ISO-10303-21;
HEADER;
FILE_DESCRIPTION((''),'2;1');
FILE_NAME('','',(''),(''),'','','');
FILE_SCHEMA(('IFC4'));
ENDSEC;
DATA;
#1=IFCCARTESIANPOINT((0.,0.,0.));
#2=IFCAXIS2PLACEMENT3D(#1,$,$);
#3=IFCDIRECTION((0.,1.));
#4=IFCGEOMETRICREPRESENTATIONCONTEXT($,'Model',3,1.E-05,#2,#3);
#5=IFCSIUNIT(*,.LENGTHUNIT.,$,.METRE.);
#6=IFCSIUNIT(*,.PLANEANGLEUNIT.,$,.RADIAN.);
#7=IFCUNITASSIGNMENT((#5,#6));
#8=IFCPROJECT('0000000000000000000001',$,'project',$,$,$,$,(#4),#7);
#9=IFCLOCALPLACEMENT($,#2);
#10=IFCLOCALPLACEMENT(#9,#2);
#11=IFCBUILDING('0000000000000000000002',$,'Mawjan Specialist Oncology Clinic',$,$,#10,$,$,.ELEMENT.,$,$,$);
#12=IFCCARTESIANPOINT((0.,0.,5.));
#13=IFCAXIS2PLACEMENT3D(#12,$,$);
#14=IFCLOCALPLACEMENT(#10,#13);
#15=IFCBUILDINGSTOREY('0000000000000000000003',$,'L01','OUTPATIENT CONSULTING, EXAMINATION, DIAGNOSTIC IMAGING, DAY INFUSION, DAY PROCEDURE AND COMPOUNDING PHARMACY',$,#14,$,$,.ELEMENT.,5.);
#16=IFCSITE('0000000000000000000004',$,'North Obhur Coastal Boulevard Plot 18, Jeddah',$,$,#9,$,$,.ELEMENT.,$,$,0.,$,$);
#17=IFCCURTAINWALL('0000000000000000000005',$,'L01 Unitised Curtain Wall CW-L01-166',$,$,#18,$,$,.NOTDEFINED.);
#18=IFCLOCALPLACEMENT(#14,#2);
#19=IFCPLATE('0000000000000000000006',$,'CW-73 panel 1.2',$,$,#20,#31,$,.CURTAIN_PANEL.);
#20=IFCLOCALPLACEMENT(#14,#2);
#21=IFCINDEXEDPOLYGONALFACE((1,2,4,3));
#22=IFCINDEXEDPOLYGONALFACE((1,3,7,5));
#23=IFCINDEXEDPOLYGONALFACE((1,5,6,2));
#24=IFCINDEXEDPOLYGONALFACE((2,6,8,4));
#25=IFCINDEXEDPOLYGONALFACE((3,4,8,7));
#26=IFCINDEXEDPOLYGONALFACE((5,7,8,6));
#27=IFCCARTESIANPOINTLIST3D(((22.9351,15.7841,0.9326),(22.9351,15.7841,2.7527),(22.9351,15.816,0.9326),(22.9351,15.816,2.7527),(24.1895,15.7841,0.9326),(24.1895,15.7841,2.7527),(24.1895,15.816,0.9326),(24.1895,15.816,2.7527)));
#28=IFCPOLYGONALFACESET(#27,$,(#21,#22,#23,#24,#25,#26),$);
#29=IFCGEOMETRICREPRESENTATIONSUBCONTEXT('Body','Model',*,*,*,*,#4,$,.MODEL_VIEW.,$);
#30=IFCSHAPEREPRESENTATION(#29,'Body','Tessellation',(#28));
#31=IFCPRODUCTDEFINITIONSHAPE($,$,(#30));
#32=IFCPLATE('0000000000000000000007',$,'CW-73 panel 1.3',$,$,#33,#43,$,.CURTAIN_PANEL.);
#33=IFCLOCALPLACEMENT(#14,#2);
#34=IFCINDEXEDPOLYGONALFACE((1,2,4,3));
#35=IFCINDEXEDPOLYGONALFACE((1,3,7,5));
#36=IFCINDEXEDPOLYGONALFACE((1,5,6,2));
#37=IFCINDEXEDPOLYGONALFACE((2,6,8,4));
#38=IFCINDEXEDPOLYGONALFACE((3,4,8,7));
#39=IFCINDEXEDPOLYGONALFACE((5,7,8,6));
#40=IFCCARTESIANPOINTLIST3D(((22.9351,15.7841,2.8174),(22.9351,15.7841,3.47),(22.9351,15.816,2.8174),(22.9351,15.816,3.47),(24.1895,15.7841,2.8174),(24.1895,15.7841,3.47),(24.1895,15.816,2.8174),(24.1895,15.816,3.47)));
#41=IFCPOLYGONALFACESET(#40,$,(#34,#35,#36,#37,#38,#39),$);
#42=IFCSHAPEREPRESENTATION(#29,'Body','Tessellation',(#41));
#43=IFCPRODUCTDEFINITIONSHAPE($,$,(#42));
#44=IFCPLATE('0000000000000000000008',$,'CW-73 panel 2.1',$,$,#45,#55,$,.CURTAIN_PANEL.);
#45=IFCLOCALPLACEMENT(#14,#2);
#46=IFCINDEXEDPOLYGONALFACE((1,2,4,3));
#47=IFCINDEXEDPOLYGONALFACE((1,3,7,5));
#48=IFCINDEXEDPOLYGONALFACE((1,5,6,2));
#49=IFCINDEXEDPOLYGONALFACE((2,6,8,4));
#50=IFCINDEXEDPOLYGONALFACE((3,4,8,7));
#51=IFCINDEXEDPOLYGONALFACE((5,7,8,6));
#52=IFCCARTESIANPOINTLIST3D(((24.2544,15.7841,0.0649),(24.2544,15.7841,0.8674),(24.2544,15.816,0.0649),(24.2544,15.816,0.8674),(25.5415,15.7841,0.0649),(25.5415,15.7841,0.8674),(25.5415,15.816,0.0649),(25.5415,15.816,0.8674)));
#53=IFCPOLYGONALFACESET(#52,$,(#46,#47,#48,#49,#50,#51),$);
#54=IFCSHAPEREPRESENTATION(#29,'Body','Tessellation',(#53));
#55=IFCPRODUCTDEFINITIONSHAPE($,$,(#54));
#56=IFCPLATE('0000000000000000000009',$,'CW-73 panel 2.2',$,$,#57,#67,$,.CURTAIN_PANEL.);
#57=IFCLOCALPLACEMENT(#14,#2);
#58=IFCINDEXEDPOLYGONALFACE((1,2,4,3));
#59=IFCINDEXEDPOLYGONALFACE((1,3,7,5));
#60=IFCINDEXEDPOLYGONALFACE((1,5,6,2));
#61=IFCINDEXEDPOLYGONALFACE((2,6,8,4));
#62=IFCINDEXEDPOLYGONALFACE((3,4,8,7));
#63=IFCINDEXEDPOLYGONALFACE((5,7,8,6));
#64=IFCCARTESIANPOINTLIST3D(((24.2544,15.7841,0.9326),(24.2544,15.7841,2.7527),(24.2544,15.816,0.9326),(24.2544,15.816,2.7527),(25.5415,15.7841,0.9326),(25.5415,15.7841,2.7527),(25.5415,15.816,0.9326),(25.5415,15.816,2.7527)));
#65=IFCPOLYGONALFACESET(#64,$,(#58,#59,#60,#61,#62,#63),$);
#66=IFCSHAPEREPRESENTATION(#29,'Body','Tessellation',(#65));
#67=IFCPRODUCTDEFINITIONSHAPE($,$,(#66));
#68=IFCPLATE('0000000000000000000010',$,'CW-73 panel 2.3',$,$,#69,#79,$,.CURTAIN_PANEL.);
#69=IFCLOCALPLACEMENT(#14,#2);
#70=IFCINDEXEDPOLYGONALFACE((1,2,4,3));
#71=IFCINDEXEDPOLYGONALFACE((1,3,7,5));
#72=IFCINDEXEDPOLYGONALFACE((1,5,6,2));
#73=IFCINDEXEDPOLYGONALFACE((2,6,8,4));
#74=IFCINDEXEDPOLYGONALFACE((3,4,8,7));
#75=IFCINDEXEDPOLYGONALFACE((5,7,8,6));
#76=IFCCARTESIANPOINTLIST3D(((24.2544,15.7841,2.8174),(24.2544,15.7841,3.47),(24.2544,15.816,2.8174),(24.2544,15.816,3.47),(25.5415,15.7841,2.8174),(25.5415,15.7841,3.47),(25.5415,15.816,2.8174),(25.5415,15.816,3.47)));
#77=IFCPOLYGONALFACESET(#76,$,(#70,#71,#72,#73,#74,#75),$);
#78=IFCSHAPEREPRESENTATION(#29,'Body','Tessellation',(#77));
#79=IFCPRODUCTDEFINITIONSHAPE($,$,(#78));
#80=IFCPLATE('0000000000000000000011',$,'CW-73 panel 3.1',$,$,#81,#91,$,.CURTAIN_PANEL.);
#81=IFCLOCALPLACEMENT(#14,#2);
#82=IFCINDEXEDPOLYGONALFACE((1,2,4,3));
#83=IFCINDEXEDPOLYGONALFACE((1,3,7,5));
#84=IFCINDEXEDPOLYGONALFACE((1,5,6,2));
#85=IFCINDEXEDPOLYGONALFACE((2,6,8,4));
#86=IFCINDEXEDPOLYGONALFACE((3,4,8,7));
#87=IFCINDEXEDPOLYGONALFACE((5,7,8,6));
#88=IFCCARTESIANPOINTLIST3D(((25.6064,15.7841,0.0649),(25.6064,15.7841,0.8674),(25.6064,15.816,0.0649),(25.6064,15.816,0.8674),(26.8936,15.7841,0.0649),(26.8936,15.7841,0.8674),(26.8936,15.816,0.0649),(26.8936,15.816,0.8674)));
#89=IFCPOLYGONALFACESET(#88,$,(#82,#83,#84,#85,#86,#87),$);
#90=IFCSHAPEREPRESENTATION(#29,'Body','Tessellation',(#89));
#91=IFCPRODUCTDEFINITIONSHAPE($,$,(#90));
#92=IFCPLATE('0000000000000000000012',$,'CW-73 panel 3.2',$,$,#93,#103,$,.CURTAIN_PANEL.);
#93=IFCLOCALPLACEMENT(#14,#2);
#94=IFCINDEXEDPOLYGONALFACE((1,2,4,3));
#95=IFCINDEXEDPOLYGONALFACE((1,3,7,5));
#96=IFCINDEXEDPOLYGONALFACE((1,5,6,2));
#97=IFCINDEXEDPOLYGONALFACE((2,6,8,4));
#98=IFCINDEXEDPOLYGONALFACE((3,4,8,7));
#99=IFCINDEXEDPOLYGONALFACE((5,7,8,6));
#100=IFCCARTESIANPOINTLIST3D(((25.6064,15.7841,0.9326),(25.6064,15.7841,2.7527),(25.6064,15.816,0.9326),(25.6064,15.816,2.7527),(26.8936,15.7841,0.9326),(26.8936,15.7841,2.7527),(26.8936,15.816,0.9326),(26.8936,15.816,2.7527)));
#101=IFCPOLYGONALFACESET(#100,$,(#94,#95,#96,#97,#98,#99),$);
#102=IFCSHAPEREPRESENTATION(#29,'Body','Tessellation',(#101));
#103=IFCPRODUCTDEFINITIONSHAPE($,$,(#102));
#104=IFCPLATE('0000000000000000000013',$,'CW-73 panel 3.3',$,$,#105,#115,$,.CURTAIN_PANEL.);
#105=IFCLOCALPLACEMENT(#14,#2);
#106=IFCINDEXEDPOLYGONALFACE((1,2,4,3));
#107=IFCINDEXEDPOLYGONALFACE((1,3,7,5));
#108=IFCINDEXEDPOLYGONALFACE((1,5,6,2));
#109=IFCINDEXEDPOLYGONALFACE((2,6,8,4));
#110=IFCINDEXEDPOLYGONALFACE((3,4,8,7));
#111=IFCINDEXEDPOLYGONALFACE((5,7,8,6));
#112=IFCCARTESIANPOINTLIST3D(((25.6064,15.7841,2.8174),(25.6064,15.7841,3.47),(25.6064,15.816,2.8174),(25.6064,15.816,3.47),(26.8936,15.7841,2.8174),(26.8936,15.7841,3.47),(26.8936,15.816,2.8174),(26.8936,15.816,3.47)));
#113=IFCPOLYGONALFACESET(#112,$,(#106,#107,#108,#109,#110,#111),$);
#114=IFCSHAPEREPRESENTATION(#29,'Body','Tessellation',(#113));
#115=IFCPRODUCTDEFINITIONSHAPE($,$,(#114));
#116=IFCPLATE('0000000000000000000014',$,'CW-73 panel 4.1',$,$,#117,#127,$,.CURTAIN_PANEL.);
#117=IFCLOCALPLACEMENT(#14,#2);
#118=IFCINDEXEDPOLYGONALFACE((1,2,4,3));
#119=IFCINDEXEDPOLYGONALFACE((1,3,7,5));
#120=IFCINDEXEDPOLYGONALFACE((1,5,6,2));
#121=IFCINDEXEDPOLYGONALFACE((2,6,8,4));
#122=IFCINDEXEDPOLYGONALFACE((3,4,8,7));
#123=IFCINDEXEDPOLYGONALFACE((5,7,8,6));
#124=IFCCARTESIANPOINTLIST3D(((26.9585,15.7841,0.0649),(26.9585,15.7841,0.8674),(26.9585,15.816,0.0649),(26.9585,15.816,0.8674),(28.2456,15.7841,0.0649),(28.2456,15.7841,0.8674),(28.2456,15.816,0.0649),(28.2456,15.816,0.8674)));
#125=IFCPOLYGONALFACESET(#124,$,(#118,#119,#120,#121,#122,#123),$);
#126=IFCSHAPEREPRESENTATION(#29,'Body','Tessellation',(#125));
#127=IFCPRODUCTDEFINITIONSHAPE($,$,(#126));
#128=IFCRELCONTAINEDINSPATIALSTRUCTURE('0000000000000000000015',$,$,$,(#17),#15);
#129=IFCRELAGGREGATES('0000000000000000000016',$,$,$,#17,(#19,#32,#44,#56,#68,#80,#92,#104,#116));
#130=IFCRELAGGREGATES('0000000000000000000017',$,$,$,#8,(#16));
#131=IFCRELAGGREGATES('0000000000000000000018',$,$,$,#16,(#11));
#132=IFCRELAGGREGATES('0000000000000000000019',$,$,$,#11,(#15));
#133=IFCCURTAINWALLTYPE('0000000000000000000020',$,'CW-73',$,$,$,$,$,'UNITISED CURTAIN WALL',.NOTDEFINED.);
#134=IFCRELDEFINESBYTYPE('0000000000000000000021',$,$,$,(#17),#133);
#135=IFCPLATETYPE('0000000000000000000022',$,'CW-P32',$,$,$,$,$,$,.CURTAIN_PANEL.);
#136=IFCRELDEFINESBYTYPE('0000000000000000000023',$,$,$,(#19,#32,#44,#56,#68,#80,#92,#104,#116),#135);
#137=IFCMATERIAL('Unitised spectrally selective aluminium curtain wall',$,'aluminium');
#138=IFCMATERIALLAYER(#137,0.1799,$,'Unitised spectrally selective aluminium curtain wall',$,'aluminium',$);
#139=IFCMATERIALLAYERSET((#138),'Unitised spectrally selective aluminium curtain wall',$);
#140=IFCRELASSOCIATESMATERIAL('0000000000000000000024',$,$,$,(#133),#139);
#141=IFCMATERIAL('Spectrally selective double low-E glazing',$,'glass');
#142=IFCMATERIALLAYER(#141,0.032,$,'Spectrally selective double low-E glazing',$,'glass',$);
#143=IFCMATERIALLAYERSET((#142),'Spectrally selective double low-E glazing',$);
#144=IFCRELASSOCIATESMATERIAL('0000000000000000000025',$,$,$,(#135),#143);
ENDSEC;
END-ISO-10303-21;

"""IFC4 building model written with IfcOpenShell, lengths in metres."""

from ifc_helpers import new_model, si_unit, direction, frame, origin, origin_2d, place, context, subcontext, project, spatial, rectangle, extrude, material, layer, layer_set, type_object, element, aggregate, save


model = new_model("IFC4")

# Units and contexts
model_context = context("Model", 3, precision=1e-05, world=origin(), true_north=direction((0.0, 1.0)))
body_context = subcontext(model_context, "Body", "Model", "MODEL_VIEW")
ifc_project = project(units=[si_unit("LENGTHUNIT", "METRE"), si_unit("PLANEANGLEUNIT", "RADIAN")], contexts=[model_context])

# Site, building, storey
site_placement = place(None, origin())
site = spatial("IfcSite", under=ifc_project, at=site_placement, Name="North Obhur Coastal Boulevard Plot 18, Jeddah", CompositionType="ELEMENT", RefElevation=0.0)
building_placement = place(site_placement, origin())
building = spatial("IfcBuilding", under=site, at=building_placement, Name="Mawjan Specialist Oncology Clinic", CompositionType="ELEMENT")
storey_placement = place(building_placement, frame((0.0, 0.0, 5.0)))
storey = spatial("IfcBuildingStorey", under=building, at=storey_placement, Name="L01", Description="OUTPATIENT CONSULTING, EXAMINATION, DIAGNOSTIC IMAGING, DAY INFUSION, DAY PROCEDURE AND COMPOUNDING PHARMACY", CompositionType="ELEMENT", Elevation=5.0)

# Curtain wall
ifc_material_1 = material(Name="Unitised spectrally selective aluminium curtain wall", Category="aluminium")
ifc_layer_1 = layer(ifc_material_1, 0.1799, Name="Unitised spectrally selective aluminium curtain wall", Category="aluminium")
ifc_layer_set_1 = layer_set([ifc_layer_1], Name="Unitised spectrally selective aluminium curtain wall")
curtain_wall_type = type_object("IfcCurtainWallType", Name="CW-73", ElementType="UNITISED CURTAIN WALL", PredefinedType="NOTDEFINED", material=ifc_layer_set_1)
curtain_wall_placement = place(storey_placement, origin())
curtain_wall = element("IfcCurtainWall", 1, at=curtain_wall_placement, inside=storey, type_object=curtain_wall_type, Name="L01 Unitised Curtain Wall CW-L01-166", PredefinedType="NOTDEFINED")

# Plates
ifc_material_2 = material(Name="Spectrally selective double low-E glazing", Category="glass")
ifc_layer_2 = layer(ifc_material_2, 0.032, Name="Spectrally selective double low-E glazing", Category="glass")
ifc_layer_set_2 = layer_set([ifc_layer_2], Name="Spectrally selective double low-E glazing")
plate_type = type_object("IfcPlateType", Name="CW-P32", PredefinedType="CURTAIN_PANEL", material=ifc_layer_set_2)
plate_1_placement = place(storey_placement, frame((23.5623, 15.8, 0.9326), z_axis=(0.0, 0.0, 1.0), x_axis=(1.0, 0.0, 0.0)))
plate_1 = element("IfcPlate", 2, at=plate_1_placement, type_object=plate_type, Name="CW-73 panel 1.2", PredefinedType="CURTAIN_PANEL", context=body_context, shape_type="SweptSolid", body=[
    extrude(rectangle(XDim=1.2544, YDim=0.032, at=origin_2d()), origin(), (0.0, 0.0, 1.0), 1.8201),
])
plate_2_placement = place(storey_placement, frame((23.5623, 15.8, 2.8174), z_axis=(0.0, 0.0, 1.0), x_axis=(1.0, 0.0, 0.0)))
plate_2 = element("IfcPlate", 3, at=plate_2_placement, type_object=plate_type, Name="CW-73 panel 1.3", PredefinedType="CURTAIN_PANEL", context=body_context, shape_type="SweptSolid", body=[
    extrude(rectangle(XDim=1.2544, YDim=0.032, at=origin_2d()), origin(), (0.0, 0.0, 1.0), 0.6526),
])
plate_3_placement = place(storey_placement, frame((24.8979, 15.8, 0.0649), z_axis=(0.0, 0.0, 1.0), x_axis=(1.0, 0.0, 0.0)))
plate_3 = element("IfcPlate", 4, at=plate_3_placement, type_object=plate_type, Name="CW-73 panel 2.1", PredefinedType="CURTAIN_PANEL", context=body_context, shape_type="SweptSolid", body=[
    extrude(rectangle(XDim=1.2871, YDim=0.032, at=origin_2d()), origin(), (0.0, 0.0, 1.0), 0.8025),
])
plate_4_placement = place(storey_placement, frame((24.8979, 15.8, 0.9326), z_axis=(0.0, 0.0, 1.0), x_axis=(1.0, 0.0, 0.0)))
plate_4 = element("IfcPlate", 5, at=plate_4_placement, type_object=plate_type, Name="CW-73 panel 2.2", PredefinedType="CURTAIN_PANEL", context=body_context, shape_type="SweptSolid", body=[
    extrude(rectangle(XDim=1.2871, YDim=0.032, at=origin_2d()), origin(), (0.0, 0.0, 1.0), 1.8201),
])
plate_5_placement = place(storey_placement, frame((24.8979, 15.8, 2.8174), z_axis=(0.0, 0.0, 1.0), x_axis=(1.0, 0.0, 0.0)))
plate_5 = element("IfcPlate", 6, at=plate_5_placement, type_object=plate_type, Name="CW-73 panel 2.3", PredefinedType="CURTAIN_PANEL", context=body_context, shape_type="SweptSolid", body=[
    extrude(rectangle(XDim=1.2871, YDim=0.032, at=origin_2d()), origin(), (0.0, 0.0, 1.0), 0.6526),
])
plate_6_placement = place(storey_placement, frame((26.25, 15.8, 0.0649), z_axis=(0.0, 0.0, 1.0), x_axis=(1.0, 0.0, 0.0)))
plate_6 = element("IfcPlate", 7, at=plate_6_placement, type_object=plate_type, Name="CW-73 panel 3.1", PredefinedType="CURTAIN_PANEL", context=body_context, shape_type="SweptSolid", body=[
    extrude(rectangle(XDim=1.2871, YDim=0.032, at=origin_2d()), origin(), (0.0, 0.0, 1.0), 0.8025),
])
plate_7_placement = place(storey_placement, frame((26.25, 15.8, 0.9326), z_axis=(0.0, 0.0, 1.0), x_axis=(1.0, 0.0, 0.0)))
plate_7 = element("IfcPlate", 8, at=plate_7_placement, type_object=plate_type, Name="CW-73 panel 3.2", PredefinedType="CURTAIN_PANEL", context=body_context, shape_type="SweptSolid", body=[
    extrude(rectangle(XDim=1.2871, YDim=0.032, at=origin_2d()), origin(), (0.0, 0.0, 1.0), 1.8201),
])
plate_8_placement = place(storey_placement, frame((26.25, 15.8, 2.8174), z_axis=(0.0, 0.0, 1.0), x_axis=(1.0, 0.0, 0.0)))
plate_8 = element("IfcPlate", 9, at=plate_8_placement, type_object=plate_type, Name="CW-73 panel 3.3", PredefinedType="CURTAIN_PANEL", context=body_context, shape_type="SweptSolid", body=[
    extrude(rectangle(XDim=1.2871, YDim=0.032, at=origin_2d()), origin(), (0.0, 0.0, 1.0), 0.6526),
])
plate_9_placement = place(storey_placement, frame((27.6021, 15.8, 0.0649), z_axis=(0.0, 0.0, 1.0), x_axis=(1.0, 0.0, 0.0)))
plate_9 = element("IfcPlate", 10, at=plate_9_placement, type_object=plate_type, Name="CW-73 panel 4.1", PredefinedType="CURTAIN_PANEL", context=body_context, shape_type="SweptSolid", body=[
    extrude(rectangle(XDim=1.2871, YDim=0.032, at=origin_2d()), origin(), (0.0, 0.0, 1.0), 0.8025),
])
aggregate(curtain_wall, [plate_1, plate_2, plate_3, plate_4, plate_5, plate_6, plate_7, plate_8, plate_9])

save(model, "model.ifc")
